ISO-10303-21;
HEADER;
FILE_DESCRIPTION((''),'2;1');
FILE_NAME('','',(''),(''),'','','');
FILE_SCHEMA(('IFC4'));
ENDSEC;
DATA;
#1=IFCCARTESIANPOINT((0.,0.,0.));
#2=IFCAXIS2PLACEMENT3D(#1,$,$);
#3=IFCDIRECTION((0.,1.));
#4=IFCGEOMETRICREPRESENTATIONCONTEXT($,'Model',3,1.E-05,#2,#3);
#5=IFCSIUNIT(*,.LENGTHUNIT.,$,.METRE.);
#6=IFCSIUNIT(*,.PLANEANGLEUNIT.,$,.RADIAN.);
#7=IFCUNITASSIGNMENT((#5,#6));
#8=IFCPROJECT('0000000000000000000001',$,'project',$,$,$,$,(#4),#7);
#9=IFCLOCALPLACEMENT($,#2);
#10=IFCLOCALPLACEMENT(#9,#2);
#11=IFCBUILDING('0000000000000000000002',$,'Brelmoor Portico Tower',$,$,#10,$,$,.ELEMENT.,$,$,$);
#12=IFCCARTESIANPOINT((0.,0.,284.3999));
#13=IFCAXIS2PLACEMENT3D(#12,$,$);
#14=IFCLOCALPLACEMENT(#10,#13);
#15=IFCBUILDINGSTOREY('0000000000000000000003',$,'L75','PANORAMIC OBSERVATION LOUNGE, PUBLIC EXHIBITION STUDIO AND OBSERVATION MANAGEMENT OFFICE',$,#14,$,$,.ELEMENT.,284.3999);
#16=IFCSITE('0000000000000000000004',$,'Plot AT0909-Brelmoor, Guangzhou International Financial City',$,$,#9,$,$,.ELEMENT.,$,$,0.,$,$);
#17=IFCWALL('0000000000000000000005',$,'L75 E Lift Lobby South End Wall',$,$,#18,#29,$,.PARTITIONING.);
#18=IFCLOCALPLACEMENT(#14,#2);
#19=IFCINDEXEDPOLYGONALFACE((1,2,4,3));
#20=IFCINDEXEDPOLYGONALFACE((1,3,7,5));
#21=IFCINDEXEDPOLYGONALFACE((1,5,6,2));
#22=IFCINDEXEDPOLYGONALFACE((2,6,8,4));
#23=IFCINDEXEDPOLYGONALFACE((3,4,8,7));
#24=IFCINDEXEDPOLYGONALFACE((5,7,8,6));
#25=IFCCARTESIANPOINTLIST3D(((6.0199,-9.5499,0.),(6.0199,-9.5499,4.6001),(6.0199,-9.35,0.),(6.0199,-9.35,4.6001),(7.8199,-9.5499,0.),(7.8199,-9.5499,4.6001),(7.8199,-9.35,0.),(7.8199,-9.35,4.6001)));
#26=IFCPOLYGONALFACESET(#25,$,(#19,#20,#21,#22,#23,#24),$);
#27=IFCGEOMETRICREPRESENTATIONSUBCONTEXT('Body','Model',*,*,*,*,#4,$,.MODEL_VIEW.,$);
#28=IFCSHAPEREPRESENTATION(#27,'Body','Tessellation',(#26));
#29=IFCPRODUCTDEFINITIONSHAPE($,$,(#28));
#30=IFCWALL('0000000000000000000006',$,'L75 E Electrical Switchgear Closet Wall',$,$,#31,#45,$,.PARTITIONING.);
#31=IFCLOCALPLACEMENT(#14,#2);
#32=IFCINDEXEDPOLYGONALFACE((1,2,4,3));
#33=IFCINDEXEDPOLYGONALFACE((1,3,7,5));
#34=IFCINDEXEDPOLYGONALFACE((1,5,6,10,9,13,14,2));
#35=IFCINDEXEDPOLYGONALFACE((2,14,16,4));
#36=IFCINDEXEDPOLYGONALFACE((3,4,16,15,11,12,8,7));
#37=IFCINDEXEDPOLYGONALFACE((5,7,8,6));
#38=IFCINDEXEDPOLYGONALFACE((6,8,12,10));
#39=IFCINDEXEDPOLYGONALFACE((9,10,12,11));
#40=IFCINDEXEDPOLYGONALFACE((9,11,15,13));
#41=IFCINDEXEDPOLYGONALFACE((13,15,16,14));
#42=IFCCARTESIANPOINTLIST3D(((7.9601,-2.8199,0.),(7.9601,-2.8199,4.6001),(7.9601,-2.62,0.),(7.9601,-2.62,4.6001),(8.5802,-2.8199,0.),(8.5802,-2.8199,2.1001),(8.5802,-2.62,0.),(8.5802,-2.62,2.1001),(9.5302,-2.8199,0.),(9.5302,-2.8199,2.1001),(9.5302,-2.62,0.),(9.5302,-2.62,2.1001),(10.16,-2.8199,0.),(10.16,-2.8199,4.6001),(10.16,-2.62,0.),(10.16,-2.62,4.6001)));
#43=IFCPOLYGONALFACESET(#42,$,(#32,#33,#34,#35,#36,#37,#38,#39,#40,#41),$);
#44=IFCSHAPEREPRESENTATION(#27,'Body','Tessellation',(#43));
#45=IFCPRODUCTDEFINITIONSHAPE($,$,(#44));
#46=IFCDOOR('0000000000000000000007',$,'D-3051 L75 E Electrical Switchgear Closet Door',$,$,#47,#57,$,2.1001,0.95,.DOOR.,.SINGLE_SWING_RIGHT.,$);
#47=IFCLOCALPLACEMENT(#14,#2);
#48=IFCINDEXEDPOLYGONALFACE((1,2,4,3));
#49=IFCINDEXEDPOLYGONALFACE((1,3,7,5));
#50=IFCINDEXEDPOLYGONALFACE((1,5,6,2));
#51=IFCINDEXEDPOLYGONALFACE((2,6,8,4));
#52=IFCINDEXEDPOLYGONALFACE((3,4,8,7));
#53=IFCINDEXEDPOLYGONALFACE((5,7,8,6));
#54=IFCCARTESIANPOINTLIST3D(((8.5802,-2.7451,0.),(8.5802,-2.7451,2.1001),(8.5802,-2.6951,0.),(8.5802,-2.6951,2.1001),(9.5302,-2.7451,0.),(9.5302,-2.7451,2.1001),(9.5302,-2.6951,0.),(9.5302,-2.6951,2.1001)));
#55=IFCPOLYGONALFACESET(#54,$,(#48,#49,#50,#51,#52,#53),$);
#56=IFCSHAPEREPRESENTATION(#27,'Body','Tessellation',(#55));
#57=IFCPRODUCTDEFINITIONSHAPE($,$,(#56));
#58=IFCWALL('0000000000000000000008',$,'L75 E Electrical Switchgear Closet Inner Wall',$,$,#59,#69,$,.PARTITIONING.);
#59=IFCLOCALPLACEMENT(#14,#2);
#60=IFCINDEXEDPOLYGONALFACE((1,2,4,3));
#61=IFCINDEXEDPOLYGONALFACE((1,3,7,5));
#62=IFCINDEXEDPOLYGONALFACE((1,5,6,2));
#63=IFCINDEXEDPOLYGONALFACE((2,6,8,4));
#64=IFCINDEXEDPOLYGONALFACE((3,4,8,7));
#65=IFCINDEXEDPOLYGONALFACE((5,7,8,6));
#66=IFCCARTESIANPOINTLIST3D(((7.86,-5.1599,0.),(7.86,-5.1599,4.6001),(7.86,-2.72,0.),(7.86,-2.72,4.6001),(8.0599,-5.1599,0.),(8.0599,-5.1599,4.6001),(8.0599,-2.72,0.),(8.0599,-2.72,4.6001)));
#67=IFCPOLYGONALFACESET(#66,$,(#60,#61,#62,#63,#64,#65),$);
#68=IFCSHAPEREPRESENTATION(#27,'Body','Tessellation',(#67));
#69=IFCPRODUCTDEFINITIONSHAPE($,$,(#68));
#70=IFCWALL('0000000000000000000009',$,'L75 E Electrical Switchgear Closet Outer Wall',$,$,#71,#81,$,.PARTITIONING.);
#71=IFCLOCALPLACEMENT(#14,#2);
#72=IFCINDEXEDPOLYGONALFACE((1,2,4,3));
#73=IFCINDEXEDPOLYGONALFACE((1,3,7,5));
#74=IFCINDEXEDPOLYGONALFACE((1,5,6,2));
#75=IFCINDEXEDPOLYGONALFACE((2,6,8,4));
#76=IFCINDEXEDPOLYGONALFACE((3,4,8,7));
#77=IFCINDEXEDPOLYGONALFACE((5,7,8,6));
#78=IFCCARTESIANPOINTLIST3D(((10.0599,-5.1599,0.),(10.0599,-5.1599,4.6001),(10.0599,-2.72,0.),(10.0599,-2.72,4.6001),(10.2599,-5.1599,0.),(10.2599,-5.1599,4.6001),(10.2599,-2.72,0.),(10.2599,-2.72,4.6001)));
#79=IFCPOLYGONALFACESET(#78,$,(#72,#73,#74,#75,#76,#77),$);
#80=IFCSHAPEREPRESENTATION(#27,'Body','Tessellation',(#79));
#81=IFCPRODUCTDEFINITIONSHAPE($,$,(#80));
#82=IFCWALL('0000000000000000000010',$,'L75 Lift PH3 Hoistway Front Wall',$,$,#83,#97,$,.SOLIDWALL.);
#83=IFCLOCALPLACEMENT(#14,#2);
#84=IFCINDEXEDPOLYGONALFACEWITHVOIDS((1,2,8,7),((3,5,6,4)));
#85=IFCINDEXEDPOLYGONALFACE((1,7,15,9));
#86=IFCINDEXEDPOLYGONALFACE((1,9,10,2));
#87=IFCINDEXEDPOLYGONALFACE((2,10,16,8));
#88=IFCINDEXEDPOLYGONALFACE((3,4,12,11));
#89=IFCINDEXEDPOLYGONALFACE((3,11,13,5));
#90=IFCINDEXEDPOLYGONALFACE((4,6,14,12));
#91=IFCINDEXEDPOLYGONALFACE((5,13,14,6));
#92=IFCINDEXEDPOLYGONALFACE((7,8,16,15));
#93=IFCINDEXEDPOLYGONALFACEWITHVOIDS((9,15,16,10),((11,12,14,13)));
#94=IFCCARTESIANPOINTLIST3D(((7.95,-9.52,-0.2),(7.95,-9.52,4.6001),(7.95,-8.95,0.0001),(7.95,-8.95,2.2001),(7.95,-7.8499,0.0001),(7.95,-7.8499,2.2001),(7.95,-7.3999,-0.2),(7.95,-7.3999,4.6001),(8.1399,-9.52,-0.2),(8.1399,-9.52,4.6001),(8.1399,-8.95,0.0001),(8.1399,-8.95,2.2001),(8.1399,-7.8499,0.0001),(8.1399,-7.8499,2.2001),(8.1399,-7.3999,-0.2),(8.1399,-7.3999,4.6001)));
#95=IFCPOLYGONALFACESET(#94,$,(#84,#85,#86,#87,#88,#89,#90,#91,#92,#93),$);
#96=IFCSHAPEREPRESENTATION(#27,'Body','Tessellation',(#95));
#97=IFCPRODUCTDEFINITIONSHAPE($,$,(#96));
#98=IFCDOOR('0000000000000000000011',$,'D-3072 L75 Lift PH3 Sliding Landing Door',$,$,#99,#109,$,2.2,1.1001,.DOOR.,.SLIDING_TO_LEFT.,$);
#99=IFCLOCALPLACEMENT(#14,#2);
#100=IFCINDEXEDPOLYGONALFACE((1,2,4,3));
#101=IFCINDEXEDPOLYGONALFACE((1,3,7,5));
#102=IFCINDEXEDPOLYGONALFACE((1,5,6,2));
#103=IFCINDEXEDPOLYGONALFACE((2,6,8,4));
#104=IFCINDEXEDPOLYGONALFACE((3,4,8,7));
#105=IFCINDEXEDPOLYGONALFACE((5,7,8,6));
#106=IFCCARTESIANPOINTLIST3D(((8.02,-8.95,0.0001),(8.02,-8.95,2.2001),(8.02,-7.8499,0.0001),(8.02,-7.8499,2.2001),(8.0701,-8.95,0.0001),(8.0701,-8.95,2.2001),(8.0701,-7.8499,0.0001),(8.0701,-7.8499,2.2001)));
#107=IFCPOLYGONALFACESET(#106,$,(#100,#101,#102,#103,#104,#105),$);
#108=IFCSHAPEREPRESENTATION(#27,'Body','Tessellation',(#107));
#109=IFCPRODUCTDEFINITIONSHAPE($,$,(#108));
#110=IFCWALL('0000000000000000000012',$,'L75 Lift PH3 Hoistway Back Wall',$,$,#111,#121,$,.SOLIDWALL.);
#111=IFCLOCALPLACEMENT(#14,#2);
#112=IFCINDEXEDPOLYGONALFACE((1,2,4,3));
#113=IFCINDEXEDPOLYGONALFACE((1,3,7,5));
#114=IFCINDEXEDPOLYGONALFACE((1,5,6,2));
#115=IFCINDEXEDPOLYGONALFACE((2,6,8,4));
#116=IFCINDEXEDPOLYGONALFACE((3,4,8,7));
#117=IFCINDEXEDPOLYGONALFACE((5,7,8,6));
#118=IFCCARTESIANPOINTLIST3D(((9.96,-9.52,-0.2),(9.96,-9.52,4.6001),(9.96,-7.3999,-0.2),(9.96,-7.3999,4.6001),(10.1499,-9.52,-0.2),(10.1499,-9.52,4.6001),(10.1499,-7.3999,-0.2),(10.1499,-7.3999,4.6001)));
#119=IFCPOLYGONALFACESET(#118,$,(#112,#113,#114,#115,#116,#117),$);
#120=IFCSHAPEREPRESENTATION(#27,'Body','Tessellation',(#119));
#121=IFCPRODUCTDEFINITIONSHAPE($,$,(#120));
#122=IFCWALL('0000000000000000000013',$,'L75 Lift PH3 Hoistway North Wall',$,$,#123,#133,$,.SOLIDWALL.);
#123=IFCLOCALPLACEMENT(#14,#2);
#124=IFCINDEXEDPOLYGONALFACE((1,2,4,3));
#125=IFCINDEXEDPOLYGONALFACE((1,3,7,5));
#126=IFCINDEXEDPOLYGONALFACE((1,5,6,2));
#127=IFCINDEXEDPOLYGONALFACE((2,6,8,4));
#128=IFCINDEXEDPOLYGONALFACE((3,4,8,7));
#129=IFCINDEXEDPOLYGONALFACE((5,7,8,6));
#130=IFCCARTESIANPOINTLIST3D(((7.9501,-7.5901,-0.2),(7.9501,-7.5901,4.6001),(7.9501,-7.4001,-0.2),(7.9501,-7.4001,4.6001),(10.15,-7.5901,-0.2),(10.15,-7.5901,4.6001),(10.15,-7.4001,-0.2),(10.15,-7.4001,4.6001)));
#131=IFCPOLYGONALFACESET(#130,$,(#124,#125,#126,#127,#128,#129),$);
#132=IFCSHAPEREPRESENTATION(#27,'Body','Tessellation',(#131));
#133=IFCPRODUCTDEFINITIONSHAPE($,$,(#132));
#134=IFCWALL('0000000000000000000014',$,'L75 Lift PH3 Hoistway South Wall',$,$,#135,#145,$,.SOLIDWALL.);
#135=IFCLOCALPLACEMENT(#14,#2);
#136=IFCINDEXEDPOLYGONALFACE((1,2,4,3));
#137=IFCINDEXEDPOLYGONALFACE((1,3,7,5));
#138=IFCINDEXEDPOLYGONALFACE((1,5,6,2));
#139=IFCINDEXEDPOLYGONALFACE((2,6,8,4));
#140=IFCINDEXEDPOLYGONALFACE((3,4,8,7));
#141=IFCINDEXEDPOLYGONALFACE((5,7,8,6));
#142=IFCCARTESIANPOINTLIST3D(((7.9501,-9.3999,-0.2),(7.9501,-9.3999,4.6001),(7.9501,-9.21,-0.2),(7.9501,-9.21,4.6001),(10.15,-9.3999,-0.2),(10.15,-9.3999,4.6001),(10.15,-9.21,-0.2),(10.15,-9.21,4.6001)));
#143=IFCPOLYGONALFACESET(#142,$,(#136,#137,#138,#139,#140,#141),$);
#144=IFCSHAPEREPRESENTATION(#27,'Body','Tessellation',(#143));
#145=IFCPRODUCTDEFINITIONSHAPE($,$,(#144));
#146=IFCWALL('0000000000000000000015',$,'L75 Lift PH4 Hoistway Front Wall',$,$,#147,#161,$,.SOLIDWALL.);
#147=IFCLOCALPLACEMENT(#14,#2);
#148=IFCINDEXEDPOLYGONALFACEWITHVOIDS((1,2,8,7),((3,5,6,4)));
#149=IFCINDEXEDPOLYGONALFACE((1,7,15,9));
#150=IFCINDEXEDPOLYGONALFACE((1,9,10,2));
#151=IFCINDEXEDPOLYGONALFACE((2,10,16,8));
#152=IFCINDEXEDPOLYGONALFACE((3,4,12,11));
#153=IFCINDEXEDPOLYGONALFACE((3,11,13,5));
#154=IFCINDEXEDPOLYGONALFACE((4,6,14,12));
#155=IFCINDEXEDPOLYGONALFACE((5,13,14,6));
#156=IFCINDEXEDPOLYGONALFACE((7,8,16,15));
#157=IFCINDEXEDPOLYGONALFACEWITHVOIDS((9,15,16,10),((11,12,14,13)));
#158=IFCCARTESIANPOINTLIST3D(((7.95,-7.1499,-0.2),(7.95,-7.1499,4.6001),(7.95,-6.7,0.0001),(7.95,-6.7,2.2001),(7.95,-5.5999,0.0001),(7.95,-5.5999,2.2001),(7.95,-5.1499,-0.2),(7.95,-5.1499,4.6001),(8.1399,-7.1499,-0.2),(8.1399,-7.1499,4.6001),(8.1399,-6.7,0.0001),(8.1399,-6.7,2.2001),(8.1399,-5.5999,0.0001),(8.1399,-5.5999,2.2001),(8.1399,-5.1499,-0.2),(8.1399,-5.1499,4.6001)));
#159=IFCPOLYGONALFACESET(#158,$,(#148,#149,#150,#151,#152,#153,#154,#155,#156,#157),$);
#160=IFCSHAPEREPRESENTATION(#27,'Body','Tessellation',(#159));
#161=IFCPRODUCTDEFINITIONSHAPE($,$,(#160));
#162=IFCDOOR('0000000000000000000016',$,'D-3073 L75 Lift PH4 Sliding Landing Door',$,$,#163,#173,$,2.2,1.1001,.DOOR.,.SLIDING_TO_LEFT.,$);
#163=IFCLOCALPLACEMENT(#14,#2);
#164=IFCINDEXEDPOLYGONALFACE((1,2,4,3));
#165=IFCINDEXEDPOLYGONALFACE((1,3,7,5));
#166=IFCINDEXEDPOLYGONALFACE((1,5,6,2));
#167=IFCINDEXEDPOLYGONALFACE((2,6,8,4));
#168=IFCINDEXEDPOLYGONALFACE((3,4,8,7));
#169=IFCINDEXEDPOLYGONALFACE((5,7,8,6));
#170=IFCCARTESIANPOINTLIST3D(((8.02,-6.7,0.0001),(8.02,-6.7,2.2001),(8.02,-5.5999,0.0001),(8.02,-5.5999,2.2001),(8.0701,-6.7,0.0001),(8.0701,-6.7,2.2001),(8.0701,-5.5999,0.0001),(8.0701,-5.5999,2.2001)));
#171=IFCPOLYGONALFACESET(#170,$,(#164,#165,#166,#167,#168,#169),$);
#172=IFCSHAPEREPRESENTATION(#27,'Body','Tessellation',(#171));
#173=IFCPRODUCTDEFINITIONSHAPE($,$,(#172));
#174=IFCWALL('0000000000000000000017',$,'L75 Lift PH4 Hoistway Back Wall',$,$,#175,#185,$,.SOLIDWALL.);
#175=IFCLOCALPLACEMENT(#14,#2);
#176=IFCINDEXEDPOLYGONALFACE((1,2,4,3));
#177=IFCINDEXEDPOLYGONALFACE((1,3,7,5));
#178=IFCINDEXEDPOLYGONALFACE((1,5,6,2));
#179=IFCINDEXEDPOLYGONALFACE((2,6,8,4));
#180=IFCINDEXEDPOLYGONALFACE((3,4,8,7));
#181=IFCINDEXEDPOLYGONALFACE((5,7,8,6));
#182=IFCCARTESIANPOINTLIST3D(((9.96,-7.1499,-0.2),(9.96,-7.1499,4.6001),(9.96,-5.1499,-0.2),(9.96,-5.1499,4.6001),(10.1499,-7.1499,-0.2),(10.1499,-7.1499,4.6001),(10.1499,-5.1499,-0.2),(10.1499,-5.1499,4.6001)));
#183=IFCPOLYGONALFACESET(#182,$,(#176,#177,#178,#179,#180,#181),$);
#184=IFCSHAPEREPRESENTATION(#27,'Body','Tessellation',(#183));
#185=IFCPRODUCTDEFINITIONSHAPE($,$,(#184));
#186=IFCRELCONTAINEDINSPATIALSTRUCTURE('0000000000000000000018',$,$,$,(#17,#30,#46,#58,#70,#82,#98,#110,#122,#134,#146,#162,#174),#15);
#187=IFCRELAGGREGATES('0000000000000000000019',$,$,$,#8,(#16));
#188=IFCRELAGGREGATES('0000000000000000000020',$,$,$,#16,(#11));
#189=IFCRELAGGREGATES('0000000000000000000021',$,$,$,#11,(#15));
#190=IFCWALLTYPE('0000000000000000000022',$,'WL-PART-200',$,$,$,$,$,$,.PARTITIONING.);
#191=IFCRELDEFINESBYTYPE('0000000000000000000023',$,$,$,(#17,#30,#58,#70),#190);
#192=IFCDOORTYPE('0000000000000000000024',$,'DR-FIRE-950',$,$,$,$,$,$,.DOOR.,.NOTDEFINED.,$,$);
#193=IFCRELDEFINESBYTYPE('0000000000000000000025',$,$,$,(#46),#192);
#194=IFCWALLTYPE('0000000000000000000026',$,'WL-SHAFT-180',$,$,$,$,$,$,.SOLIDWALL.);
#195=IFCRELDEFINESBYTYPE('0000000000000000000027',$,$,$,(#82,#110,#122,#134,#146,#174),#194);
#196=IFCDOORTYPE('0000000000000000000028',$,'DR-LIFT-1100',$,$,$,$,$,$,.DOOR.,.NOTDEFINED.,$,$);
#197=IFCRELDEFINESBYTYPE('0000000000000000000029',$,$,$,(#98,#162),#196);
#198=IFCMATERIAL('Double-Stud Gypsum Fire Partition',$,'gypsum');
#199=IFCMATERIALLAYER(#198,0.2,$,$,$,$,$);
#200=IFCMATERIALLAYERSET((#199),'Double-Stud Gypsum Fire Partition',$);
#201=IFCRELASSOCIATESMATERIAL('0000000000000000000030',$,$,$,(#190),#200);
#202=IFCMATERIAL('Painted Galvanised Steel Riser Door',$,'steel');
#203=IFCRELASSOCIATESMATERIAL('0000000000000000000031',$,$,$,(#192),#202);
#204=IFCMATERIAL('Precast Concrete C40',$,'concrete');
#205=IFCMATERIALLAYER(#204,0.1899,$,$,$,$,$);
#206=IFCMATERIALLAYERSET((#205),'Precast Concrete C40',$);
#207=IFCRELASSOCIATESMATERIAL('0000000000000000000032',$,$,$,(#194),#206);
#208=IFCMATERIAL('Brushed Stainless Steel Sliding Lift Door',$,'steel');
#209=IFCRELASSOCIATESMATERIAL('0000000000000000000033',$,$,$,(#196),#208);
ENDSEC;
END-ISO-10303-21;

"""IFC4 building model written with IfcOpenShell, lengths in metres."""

from ifc_helpers import new_model, si_unit, direction, frame, frame_2d, origin, place, context, subcontext, project, spatial, rectangle, extrude, material, layer, layer_set, type_object, element, fill, save


model = new_model("IFC4")

# Units and contexts
model_context = context("Model", 3, precision=1e-05, world=origin(), true_north=direction((0.0, 1.0)))
body_context = subcontext(model_context, "Body", "Model", "MODEL_VIEW")
ifc_project = project(units=[si_unit("LENGTHUNIT", "METRE"), si_unit("PLANEANGLEUNIT", "RADIAN")], contexts=[model_context])

# Site, building, storey
site_placement = place(None, origin())
site = spatial("IfcSite", under=ifc_project, at=site_placement, Name="Plot AT0909-Brelmoor, Guangzhou International Financial City", CompositionType="ELEMENT", RefElevation=0.0)
building_placement = place(site_placement, origin())
building = spatial("IfcBuilding", under=site, at=building_placement, Name="Brelmoor Portico Tower", CompositionType="ELEMENT")
storey_placement = place(building_placement, frame((0.0, 0.0, 284.3999)))
storey = spatial("IfcBuildingStorey", under=building, at=storey_placement, Name="L75", Description="PANORAMIC OBSERVATION LOUNGE, PUBLIC EXHIBITION STUDIO AND OBSERVATION MANAGEMENT OFFICE", CompositionType="ELEMENT", Elevation=284.3999)

# Shared definitions
ifc_material_1 = material(Name="Double-Stud Gypsum Fire Partition", Category="gypsum")
ifc_layer_1 = layer(ifc_material_1, 0.2)
ifc_layer_set_1 = layer_set([ifc_layer_1], Name="Double-Stud Gypsum Fire Partition")
wall_type_1 = type_object("IfcWallType", Name="WL-PART-200", PredefinedType="PARTITIONING", material=ifc_layer_set_1)

# Wall
wall_1_placement = place(storey_placement, frame((6.02, -9.45, 0.0), z_axis=(0.0, 0.0, 1.0), x_axis=(1.0, 0.0, 0.0)))
element("IfcWall", 1, at=wall_1_placement, inside=storey, type_object=wall_type_1, Name="L75 E Lift Lobby South End Wall", PredefinedType="PARTITIONING", context=body_context, shape_type="SweptSolid", body=[
    extrude(rectangle(XDim=1.8, YDim=0.2, at=frame_2d((0.8999, 0.0))), origin(), (0.0, 0.0, 1.0), 4.6001),
])

# Wall, opening, door
wall_2_placement = place(storey_placement, frame((7.96, -2.72, 0.0), z_axis=(0.0, 0.0, 1.0), x_axis=(1.0, 0.0, 0.0)))
wall_2 = element("IfcWall", 2, at=wall_2_placement, inside=storey, type_object=wall_type_1, Name="L75 E Electrical Switchgear Closet Wall", PredefinedType="PARTITIONING", context=body_context, shape_type="SweptSolid", body=[
    extrude(rectangle(XDim=2.2, YDim=0.2, at=frame_2d((1.1001, 0.0))), origin(), (0.0, 0.0, 1.0), 4.6001),
])
opening_1_placement = place(wall_2_placement, frame((0.6201, 0.0, 0.0)))
opening_1 = element("IfcOpeningElement", 3, at=opening_1_placement, cuts=wall_2, PredefinedType="OPENING", context=body_context, shape_type="SweptSolid", body=[
    extrude(rectangle(XDim=0.95, YDim=2.1001, at=frame_2d((0.4751, 1.05))), frame((0.0, 0.1099, 0.0), z_axis=(0.0, -1.0, 0.0), x_axis=(1.0, 0.0, 0.0)), (0.0, 0.0, 1.0), 0.22),
])
ifc_material_2 = material(Name="Painted Galvanised Steel Riser Door", Category="steel")
door_type_1 = type_object("IfcDoorType", Name="DR-FIRE-950", OperationType="NOTDEFINED", PredefinedType="DOOR", material=ifc_material_2)
door_1_placement = place(opening_1_placement, origin())
door_1 = element("IfcDoor", 4, at=door_1_placement, inside=storey, type_object=door_type_1, Name="D-3051 L75 E Electrical Switchgear Closet Door", OperationType="SINGLE_SWING_RIGHT", OverallHeight=2.1001, OverallWidth=0.95, PredefinedType="DOOR", context=body_context, shape_type="SweptSolid", body=[
    extrude(rectangle(XDim=0.95, YDim=2.1001, at=frame_2d((0.4751, 1.05))), frame((0.0, 0.0249, 0.0), z_axis=(0.0, -1.0, 0.0), x_axis=(1.0, 0.0, 0.0)), (0.0, 0.0, 1.0), 0.05),
])
fill(opening_1, door_1)

# Walls
for number, where, z_axis, x_axis, name in (
    (5, (7.96, -5.1599, 0.0), (0.0, 0.0, 1.0), (0.0, 1.0, 0.0), "L75 E Electrical Switchgear Closet Inner Wall"),
    (6, (10.1599, -5.1599, 0.0), (0.0, 0.0, 1.0), (0.0, 1.0, 0.0), "L75 E Electrical Switchgear Closet Outer Wall"),
):
    element("IfcWall", number, at=place(storey_placement, frame(where, z_axis=z_axis, x_axis=x_axis)), inside=storey, type_object=wall_type_1, Name=name, PredefinedType="PARTITIONING", context=body_context, shape_type="SweptSolid", body=[
        extrude(rectangle(XDim=2.4399, YDim=0.2, at=frame_2d((1.22, 0.0))), origin(), (0.0, 0.0, 1.0), 4.6001),
    ])

# Wall, opening, door
ifc_material_3 = material(Name="Precast Concrete C40", Category="concrete")
ifc_layer_2 = layer(ifc_material_3, 0.1899)
ifc_layer_set_2 = layer_set([ifc_layer_2], Name="Precast Concrete C40")
wall_type_2 = type_object("IfcWallType", Name="WL-SHAFT-180", PredefinedType="SOLIDWALL", material=ifc_layer_set_2)
wall_3_placement = place(storey_placement, frame((8.0449, -9.52, -0.2), z_axis=(0.0, 0.0, 1.0), x_axis=(0.0, 1.0, 0.0)))
wall_3 = element("IfcWall", 7, at=wall_3_placement, inside=storey, type_object=wall_type_2, Name="L75 Lift PH3 Hoistway Front Wall", PredefinedType="SOLIDWALL", context=body_context, shape_type="SweptSolid", body=[
    extrude(rectangle(XDim=2.1201, YDim=0.1899, at=frame_2d((1.0601, 0.0))), origin(), (0.0, 0.0, 1.0), 4.8),
])
opening_2_placement = place(wall_3_placement, frame((0.5701, 0.0, 0.2)))
opening_2 = element("IfcOpeningElement", 8, at=opening_2_placement, cuts=wall_3, PredefinedType="OPENING", context=body_context, shape_type="SweptSolid", body=[
    extrude(rectangle(XDim=1.1001, YDim=2.2, at=frame_2d((0.55, 1.1001))), frame((0.0, 0.105, 0.0), z_axis=(0.0, -1.0, 0.0), x_axis=(1.0, 0.0, 0.0)), (0.0, 0.0, 1.0), 0.21),
])
ifc_material_4 = material(Name="Brushed Stainless Steel Sliding Lift Door", Category="steel")
door_type_2 = type_object("IfcDoorType", Name="DR-LIFT-1100", OperationType="NOTDEFINED", PredefinedType="DOOR", material=ifc_material_4)
door_2_placement = place(opening_2_placement, origin())
door_2 = element("IfcDoor", 9, at=door_2_placement, inside=storey, type_object=door_type_2, Name="D-3072 L75 Lift PH3 Sliding Landing Door", OperationType="SLIDING_TO_LEFT", OverallHeight=2.2, OverallWidth=1.1001, PredefinedType="DOOR", context=body_context, shape_type="SweptSolid", body=[
    extrude(rectangle(XDim=1.1001, YDim=2.2, at=frame_2d((0.55, 1.1001))), frame((0.0, 0.0249, 0.0), z_axis=(0.0, -1.0, 0.0), x_axis=(1.0, 0.0, 0.0)), (0.0, 0.0, 1.0), 0.05),
])
fill(opening_2, door_2)

# Walls
wall_4_placement = place(storey_placement, frame((10.0549, -9.52, -0.2), z_axis=(0.0, 0.0, 1.0), x_axis=(0.0, 1.0, 0.0)))
element("IfcWall", 10, at=wall_4_placement, inside=storey, type_object=wall_type_2, Name="L75 Lift PH3 Hoistway Back Wall", PredefinedType="SOLIDWALL", context=body_context, shape_type="SweptSolid", body=[
    extrude(rectangle(XDim=2.1201, YDim=0.1899, at=frame_2d((1.0601, 0.0))), origin(), (0.0, 0.0, 1.0), 4.8),
])
for number, where, z_axis, x_axis, name in (
    (11, (7.95, -7.4951, -0.2), (0.0, 0.0, 1.0), (1.0, 0.0, 0.0), "L75 Lift PH3 Hoistway North Wall"),
    (12, (7.95, -9.3049, -0.2), (0.0, 0.0, 1.0), (1.0, 0.0, 0.0), "L75 Lift PH3 Hoistway South Wall"),
):
    element("IfcWall", number, at=place(storey_placement, frame(where, z_axis=z_axis, x_axis=x_axis)), inside=storey, type_object=wall_type_2, Name=name, PredefinedType="SOLIDWALL", context=body_context, shape_type="SweptSolid", body=[
        extrude(rectangle(XDim=2.2, YDim=0.1899, at=frame_2d((1.1001, 0.0))), origin(), (0.0, 0.0, 1.0), 4.8),
    ])

# Wall, opening, door
wall_5_placement = place(storey_placement, frame((8.0449, -7.1499, -0.2), z_axis=(0.0, 0.0, 1.0), x_axis=(0.0, 1.0, 0.0)))
wall_5 = element("IfcWall", 13, at=wall_5_placement, inside=storey, type_object=wall_type_2, Name="L75 Lift PH4 Hoistway Front Wall", PredefinedType="SOLIDWALL", context=body_context, shape_type="SweptSolid", body=[
    extrude(rectangle(XDim=2.0, YDim=0.1899, at=frame_2d((1.0, 0.0))), origin(), (0.0, 0.0, 1.0), 4.8),
])
opening_3_placement = place(wall_5_placement, frame((0.45, 0.0, 0.2)))
opening_3 = element("IfcOpeningElement", 14, at=opening_3_placement, cuts=wall_5, PredefinedType="OPENING", context=body_context, shape_type="SweptSolid", body=[
    extrude(rectangle(XDim=1.1001, YDim=2.2, at=frame_2d((0.55, 1.1001))), frame((0.0, 0.105, 0.0), z_axis=(0.0, -1.0, 0.0), x_axis=(1.0, 0.0, 0.0)), (0.0, 0.0, 1.0), 0.21),
])
door_3_placement = place(opening_3_placement, origin())
door_3 = element("IfcDoor", 15, at=door_3_placement, inside=storey, type_object=door_type_2, Name="D-3073 L75 Lift PH4 Sliding Landing Door", OperationType="SLIDING_TO_LEFT", OverallHeight=2.2, OverallWidth=1.1001, PredefinedType="DOOR", context=body_context, shape_type="SweptSolid", body=[
    extrude(rectangle(XDim=1.1001, YDim=2.2, at=frame_2d((0.55, 1.1001))), frame((0.0, 0.0249, 0.0), z_axis=(0.0, -1.0, 0.0), x_axis=(1.0, 0.0, 0.0)), (0.0, 0.0, 1.0), 0.05),
])
fill(opening_3, door_3)

# Wall
wall_6_placement = place(storey_placement, frame((10.0549, -7.1499, -0.2), z_axis=(0.0, 0.0, 1.0), x_axis=(0.0, 1.0, 0.0)))
element("IfcWall", 16, at=wall_6_placement, inside=storey, type_object=wall_type_2, Name="L75 Lift PH4 Hoistway Back Wall", PredefinedType="SOLIDWALL", context=body_context, shape_type="SweptSolid", body=[
    extrude(rectangle(XDim=2.0, YDim=0.1899, at=frame_2d((1.0, 0.0))), origin(), (0.0, 0.0, 1.0), 4.8),
])

save(model, "model.ifc")
